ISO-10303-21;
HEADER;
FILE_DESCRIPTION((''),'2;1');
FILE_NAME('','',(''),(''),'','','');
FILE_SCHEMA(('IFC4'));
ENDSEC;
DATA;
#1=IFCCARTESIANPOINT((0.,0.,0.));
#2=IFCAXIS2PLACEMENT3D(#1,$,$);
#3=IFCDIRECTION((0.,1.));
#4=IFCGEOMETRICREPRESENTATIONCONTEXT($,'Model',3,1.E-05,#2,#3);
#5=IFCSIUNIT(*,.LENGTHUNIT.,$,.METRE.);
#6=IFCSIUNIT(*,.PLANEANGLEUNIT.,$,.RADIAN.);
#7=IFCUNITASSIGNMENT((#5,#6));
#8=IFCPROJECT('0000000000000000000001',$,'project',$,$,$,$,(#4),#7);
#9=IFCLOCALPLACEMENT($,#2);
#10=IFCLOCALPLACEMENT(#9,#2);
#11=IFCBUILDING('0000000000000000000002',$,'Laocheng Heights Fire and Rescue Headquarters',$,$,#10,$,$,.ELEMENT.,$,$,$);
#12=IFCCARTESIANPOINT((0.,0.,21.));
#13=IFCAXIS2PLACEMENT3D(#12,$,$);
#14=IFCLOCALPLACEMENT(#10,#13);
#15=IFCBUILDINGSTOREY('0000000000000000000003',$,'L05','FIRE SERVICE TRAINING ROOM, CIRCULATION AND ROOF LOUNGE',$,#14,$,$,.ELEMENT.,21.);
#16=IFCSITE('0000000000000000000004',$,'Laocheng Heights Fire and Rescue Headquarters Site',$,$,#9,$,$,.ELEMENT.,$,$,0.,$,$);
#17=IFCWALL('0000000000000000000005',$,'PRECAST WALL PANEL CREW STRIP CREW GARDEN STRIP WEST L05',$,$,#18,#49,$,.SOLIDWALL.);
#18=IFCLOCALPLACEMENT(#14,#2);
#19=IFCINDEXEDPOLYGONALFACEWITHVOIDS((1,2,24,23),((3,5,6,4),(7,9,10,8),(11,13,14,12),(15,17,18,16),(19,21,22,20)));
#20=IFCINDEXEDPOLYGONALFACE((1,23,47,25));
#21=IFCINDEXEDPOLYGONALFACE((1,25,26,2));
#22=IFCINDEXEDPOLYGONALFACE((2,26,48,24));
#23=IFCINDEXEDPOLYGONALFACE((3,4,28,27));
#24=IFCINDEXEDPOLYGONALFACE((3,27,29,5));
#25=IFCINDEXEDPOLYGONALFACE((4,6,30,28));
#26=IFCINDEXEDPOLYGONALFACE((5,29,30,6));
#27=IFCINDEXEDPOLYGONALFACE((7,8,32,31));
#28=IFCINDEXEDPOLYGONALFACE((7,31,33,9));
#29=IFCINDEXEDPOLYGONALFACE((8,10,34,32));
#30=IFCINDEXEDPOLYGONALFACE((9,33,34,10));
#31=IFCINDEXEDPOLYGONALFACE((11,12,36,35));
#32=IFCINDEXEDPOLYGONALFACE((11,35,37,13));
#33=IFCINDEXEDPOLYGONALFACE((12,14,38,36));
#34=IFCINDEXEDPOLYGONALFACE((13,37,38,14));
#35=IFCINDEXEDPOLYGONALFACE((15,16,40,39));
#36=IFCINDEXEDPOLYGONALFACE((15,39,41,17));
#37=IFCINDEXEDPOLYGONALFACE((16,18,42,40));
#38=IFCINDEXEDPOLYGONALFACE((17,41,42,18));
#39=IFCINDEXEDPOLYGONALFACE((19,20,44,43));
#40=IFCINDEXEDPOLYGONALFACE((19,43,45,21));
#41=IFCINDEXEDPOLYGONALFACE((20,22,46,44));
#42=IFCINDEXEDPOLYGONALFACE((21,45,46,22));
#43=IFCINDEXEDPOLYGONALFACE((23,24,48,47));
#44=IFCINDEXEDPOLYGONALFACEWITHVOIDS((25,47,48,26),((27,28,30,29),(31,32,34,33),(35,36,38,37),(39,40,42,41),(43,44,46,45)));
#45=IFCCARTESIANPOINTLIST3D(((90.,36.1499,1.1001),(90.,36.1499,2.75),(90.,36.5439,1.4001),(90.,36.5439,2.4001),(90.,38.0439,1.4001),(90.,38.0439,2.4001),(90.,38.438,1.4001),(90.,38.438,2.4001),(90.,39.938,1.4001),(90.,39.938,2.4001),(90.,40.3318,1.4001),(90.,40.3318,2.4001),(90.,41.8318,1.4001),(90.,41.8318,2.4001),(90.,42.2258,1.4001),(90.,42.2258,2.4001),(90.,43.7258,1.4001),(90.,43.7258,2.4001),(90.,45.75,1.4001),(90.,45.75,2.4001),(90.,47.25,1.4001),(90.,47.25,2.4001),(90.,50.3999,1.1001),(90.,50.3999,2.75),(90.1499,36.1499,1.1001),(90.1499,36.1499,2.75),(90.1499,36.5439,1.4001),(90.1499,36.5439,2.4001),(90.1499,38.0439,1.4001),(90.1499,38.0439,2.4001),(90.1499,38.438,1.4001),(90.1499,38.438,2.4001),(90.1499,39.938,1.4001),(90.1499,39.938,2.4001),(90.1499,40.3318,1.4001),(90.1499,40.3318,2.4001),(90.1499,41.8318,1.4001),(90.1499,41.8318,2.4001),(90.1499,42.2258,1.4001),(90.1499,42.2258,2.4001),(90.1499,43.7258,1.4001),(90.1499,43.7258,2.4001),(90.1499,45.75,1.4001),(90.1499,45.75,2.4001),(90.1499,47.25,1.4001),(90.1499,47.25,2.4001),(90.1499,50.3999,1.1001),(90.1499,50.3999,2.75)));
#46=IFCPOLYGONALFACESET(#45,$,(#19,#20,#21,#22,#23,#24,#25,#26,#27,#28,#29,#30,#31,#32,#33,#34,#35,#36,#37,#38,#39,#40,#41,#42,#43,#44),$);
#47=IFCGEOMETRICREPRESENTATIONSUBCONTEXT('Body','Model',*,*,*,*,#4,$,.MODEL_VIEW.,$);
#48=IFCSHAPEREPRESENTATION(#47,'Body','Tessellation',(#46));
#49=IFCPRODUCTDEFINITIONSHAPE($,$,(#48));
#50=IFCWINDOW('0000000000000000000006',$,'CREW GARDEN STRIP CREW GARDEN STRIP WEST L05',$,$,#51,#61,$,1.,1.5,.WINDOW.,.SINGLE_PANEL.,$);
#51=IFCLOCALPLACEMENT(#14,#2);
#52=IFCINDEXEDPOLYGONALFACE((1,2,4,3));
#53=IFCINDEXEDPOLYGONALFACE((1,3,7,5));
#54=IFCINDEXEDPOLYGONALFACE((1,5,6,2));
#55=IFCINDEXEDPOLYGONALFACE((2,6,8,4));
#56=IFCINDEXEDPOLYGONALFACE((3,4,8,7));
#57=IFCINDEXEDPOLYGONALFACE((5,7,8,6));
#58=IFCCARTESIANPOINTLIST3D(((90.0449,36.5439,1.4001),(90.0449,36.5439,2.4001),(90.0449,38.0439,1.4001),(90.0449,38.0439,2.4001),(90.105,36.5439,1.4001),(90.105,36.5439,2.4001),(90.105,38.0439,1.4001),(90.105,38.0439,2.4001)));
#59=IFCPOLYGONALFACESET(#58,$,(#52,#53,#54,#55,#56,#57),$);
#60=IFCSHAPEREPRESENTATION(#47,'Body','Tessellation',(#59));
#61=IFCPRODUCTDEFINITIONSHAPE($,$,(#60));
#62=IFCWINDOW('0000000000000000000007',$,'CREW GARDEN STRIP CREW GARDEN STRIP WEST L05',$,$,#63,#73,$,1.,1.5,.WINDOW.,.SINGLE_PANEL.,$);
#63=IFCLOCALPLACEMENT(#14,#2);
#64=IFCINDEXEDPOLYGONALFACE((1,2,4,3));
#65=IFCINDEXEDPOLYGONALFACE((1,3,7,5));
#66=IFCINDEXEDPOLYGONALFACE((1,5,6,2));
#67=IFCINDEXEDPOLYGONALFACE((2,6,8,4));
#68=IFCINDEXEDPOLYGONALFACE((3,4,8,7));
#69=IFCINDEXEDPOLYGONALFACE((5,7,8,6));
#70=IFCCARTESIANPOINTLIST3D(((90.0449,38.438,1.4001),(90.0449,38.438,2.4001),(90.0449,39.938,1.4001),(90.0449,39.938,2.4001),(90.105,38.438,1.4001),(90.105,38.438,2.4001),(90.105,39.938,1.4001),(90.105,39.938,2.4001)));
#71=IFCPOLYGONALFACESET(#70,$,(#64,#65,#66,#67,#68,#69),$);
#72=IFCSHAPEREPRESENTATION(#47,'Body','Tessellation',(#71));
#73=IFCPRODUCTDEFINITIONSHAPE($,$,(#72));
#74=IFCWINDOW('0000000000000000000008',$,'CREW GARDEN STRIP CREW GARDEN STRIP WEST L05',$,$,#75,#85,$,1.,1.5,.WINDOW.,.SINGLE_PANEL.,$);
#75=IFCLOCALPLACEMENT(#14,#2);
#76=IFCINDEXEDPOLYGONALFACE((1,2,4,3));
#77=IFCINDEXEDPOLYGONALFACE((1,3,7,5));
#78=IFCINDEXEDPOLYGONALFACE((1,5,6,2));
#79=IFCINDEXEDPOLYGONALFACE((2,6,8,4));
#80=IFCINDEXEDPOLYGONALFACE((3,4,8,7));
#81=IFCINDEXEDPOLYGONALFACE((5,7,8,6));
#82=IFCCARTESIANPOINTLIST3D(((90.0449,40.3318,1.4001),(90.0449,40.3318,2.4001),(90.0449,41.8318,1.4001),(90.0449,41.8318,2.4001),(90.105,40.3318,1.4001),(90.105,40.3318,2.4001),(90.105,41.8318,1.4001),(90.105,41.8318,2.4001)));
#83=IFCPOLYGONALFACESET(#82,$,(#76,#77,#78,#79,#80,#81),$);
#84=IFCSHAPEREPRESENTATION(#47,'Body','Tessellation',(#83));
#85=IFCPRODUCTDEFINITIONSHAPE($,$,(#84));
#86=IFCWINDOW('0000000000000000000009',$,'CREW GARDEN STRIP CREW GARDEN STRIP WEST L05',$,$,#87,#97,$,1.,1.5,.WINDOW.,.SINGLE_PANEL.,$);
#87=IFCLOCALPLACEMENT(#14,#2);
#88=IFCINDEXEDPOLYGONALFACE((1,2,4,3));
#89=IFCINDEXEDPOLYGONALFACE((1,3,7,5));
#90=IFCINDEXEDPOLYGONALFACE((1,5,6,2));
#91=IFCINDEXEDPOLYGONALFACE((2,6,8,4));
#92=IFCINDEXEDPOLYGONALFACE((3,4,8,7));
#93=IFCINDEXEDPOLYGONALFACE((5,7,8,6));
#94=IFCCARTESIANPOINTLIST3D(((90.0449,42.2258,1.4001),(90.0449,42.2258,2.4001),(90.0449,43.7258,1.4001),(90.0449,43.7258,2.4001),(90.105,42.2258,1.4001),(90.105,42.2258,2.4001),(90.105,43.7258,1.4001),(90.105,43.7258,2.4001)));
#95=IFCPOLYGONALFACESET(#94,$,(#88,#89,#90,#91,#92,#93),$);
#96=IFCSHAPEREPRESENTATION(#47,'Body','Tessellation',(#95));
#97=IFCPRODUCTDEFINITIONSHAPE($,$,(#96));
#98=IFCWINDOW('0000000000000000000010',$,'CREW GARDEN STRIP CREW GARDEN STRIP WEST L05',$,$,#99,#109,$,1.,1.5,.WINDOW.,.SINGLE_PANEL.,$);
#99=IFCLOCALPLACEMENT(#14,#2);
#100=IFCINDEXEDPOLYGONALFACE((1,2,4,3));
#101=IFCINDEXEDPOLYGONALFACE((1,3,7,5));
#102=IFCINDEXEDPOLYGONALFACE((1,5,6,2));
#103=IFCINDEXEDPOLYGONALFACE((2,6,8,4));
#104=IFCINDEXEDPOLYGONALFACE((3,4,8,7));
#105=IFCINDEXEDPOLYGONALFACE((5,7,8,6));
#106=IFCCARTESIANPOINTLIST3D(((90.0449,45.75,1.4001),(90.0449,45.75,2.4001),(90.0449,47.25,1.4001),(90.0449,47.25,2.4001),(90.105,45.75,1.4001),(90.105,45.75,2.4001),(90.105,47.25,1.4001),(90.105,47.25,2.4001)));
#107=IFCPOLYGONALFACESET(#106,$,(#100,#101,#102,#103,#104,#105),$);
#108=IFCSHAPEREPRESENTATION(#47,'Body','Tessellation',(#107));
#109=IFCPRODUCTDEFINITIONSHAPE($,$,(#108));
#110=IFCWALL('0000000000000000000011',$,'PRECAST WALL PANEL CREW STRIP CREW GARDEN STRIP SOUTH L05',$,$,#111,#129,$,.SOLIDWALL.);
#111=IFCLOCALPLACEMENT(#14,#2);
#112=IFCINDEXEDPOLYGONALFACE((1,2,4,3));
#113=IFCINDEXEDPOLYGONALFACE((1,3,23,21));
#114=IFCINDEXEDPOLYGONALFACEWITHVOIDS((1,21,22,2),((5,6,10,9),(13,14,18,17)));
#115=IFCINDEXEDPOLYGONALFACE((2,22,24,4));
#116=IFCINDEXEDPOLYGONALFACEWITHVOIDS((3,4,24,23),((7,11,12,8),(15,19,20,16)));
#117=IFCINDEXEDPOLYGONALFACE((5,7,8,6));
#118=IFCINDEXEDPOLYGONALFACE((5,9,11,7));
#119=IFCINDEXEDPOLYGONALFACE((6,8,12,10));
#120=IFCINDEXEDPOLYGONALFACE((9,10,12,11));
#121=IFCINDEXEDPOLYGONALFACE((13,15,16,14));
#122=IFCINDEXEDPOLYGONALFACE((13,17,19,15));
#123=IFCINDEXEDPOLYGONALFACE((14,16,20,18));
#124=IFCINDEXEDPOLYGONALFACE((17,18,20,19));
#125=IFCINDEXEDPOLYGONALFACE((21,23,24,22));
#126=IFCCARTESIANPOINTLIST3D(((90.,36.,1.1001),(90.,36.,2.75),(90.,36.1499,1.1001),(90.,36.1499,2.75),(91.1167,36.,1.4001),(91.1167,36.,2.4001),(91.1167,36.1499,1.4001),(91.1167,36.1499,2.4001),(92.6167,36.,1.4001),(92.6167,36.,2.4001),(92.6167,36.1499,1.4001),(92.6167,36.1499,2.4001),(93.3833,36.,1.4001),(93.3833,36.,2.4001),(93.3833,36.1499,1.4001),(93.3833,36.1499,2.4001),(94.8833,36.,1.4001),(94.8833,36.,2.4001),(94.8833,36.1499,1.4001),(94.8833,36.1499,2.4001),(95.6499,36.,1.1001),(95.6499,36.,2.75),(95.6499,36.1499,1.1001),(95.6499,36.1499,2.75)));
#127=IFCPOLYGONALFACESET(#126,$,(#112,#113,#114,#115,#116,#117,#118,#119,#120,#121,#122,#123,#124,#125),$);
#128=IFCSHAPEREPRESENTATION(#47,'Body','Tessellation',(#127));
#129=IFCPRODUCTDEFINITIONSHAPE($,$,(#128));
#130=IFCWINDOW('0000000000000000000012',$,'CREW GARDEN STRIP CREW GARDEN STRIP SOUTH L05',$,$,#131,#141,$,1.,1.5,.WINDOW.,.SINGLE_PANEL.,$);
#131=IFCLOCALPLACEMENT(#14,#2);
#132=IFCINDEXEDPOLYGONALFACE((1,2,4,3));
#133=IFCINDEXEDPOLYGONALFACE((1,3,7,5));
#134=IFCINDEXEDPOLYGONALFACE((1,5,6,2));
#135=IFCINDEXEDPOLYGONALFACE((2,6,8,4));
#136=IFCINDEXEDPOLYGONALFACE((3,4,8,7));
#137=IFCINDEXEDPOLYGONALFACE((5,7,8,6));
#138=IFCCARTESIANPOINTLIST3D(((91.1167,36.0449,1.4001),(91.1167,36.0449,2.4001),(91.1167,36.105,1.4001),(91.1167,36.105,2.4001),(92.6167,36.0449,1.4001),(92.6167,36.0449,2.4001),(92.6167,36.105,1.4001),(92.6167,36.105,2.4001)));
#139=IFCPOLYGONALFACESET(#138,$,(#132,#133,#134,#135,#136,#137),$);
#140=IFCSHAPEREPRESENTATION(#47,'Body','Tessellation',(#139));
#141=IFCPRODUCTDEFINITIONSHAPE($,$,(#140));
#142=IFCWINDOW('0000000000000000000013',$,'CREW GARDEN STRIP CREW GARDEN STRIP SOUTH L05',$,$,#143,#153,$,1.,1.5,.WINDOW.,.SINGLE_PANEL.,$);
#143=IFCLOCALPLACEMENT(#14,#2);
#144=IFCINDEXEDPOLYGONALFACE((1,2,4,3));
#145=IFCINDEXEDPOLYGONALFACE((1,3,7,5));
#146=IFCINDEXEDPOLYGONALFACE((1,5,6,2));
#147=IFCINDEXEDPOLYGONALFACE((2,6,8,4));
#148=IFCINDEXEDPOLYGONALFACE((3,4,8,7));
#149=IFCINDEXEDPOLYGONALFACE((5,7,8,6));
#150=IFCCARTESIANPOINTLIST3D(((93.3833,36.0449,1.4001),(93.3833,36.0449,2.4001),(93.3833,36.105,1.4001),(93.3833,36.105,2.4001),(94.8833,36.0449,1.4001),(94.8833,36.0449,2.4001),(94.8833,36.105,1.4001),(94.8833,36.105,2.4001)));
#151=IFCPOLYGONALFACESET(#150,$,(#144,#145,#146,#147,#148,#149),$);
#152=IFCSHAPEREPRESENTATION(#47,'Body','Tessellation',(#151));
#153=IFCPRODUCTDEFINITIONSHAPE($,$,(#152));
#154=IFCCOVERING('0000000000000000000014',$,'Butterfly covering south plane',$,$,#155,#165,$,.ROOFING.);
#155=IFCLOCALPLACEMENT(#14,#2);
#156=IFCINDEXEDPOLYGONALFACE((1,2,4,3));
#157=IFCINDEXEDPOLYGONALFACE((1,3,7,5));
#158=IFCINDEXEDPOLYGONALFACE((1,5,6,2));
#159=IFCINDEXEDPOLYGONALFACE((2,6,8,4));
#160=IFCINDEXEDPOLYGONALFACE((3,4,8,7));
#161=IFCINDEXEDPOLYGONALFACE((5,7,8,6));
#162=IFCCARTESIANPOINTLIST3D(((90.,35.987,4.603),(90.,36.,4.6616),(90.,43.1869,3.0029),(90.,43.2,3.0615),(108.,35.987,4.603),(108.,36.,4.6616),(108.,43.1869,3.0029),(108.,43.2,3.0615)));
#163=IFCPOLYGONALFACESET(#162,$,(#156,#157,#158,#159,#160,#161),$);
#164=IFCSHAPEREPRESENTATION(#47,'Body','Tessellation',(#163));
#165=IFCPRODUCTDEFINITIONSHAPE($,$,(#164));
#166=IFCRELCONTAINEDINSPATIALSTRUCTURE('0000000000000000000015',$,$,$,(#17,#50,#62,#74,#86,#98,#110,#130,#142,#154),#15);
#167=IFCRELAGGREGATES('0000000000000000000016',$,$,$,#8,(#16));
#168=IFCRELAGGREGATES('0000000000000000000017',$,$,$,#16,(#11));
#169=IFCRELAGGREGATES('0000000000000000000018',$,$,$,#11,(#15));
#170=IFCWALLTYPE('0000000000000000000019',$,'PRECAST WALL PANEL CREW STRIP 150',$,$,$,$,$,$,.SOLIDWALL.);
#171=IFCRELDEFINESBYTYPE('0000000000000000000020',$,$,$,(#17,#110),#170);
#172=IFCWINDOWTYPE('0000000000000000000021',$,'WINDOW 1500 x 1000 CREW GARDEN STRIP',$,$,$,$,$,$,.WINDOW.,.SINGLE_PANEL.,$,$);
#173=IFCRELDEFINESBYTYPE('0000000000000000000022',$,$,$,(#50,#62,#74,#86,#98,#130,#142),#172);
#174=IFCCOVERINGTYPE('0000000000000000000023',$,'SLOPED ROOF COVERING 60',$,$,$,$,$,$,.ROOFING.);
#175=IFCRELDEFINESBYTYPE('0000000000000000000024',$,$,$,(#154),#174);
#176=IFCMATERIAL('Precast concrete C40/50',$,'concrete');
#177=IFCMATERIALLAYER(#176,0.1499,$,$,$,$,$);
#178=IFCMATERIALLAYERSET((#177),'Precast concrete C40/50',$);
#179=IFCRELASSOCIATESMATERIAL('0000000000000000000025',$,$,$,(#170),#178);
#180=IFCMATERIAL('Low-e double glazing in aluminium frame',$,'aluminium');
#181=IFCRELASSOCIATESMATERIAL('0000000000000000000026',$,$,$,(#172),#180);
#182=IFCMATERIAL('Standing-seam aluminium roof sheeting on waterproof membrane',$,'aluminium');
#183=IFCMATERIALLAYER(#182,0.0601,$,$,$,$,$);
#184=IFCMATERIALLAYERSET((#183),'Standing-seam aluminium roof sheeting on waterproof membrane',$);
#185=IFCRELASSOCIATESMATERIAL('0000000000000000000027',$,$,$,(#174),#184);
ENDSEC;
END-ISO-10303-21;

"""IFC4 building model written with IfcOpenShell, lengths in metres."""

from ifc_helpers import new_model, si_unit, direction, frame, frame_2d, origin, place, context, subcontext, project, spatial, polyline, rectangle, outline, extrude, material, layer, layer_set, type_object, element, fill, save


model = new_model("IFC4")

# Units and contexts
model_context = context("Model", 3, precision=1e-05, world=origin(), true_north=direction((0.0, 1.0)))
body_context = subcontext(model_context, "Body", "Model", "MODEL_VIEW")
ifc_project = project(units=[si_unit("LENGTHUNIT", "METRE"), si_unit("PLANEANGLEUNIT", "RADIAN")], contexts=[model_context])

# Site, building, storey
site_placement = place(None, origin())
site = spatial("IfcSite", under=ifc_project, at=site_placement, Name="Laocheng Heights Fire and Rescue Headquarters Site", CompositionType="ELEMENT", RefElevation=0.0)
building_placement = place(site_placement, origin())
building = spatial("IfcBuilding", under=site, at=building_placement, Name="Laocheng Heights Fire and Rescue Headquarters", CompositionType="ELEMENT")
storey_placement = place(building_placement, frame((0.0, 0.0, 21.0)))
storey = spatial("IfcBuildingStorey", under=building, at=storey_placement, Name="L05", Description="FIRE SERVICE TRAINING ROOM, CIRCULATION AND ROOF LOUNGE", CompositionType="ELEMENT", Elevation=21.0)

# Walls, openings, windows
ifc_material_1 = material(Name="Precast concrete C40/50", Category="concrete")
ifc_layer_1 = layer(ifc_material_1, 0.1499)
ifc_layer_set_1 = layer_set([ifc_layer_1], Name="Precast concrete C40/50")
wall_type_1 = type_object("IfcWallType", Name="PRECAST WALL PANEL CREW STRIP 150", PredefinedType="SOLIDWALL", material=ifc_layer_set_1)
wall_1_placement = place(storey_placement, frame((90.075, 36.1499, 1.1001), z_axis=(0.0, 0.0, 1.0), x_axis=(0.0, 1.0, 0.0)))
wall_1 = element("IfcWall", 1, at=wall_1_placement, inside=storey, type_object=wall_type_1, Name="PRECAST WALL PANEL CREW STRIP CREW GARDEN STRIP WEST L05", PredefinedType="SOLIDWALL", context=body_context, shape_type="SweptSolid", body=[
    extrude(rectangle(XDim=14.25, YDim=0.1499, at=frame_2d((7.125, 0.0))), origin(), (0.0, 0.0, 1.0), 1.6499),
])
opening_1_placement = place(wall_1_placement, frame((0.394, 0.0, 0.3)))
opening_1 = element("IfcOpeningElement", 2, at=opening_1_placement, cuts=wall_1, PredefinedType="OPENING", context=body_context, shape_type="SweptSolid", body=[
    extrude(rectangle(XDim=1.5, YDim=1.0, at=frame_2d((0.75, 0.5))), frame((0.0, 0.085, 0.0), z_axis=(0.0, -1.0, 0.0), x_axis=(1.0, 0.0, 0.0)), (0.0, 0.0, 1.0), 0.1699),
])
opening_2_placement = place(wall_1_placement, frame((2.2881, 0.0, 0.3)))
opening_2 = element("IfcOpeningElement", 3, at=opening_2_placement, cuts=wall_1, PredefinedType="OPENING", context=body_context, shape_type="SweptSolid", body=[
    extrude(rectangle(XDim=1.5, YDim=1.0, at=frame_2d((0.75, 0.5))), frame((0.0, 0.085, 0.0), z_axis=(0.0, -1.0, 0.0), x_axis=(1.0, 0.0, 0.0)), (0.0, 0.0, 1.0), 0.1699),
])
opening_3_placement = place(wall_1_placement, frame((4.1819, 0.0, 0.3)))
opening_3 = element("IfcOpeningElement", 4, at=opening_3_placement, cuts=wall_1, PredefinedType="OPENING", context=body_context, shape_type="SweptSolid", body=[
    extrude(rectangle(XDim=1.5, YDim=1.0, at=frame_2d((0.75, 0.5))), frame((0.0, 0.085, 0.0), z_axis=(0.0, -1.0, 0.0), x_axis=(1.0, 0.0, 0.0)), (0.0, 0.0, 1.0), 0.1699),
])
opening_4_placement = place(wall_1_placement, frame((6.0759, 0.0, 0.3)))
opening_4 = element("IfcOpeningElement", 5, at=opening_4_placement, cuts=wall_1, PredefinedType="OPENING", context=body_context, shape_type="SweptSolid", body=[
    extrude(rectangle(XDim=1.5, YDim=1.0, at=frame_2d((0.75, 0.5))), frame((0.0, 0.085, 0.0), z_axis=(0.0, -1.0, 0.0), x_axis=(1.0, 0.0, 0.0)), (0.0, 0.0, 1.0), 0.1699),
])
opening_5_placement = place(wall_1_placement, frame((9.6001, 0.0, 0.3)))
opening_5 = element("IfcOpeningElement", 6, at=opening_5_placement, cuts=wall_1, PredefinedType="OPENING", context=body_context, shape_type="SweptSolid", body=[
    extrude(rectangle(XDim=1.5, YDim=1.0, at=frame_2d((0.75, 0.5))), frame((0.0, 0.085, 0.0), z_axis=(0.0, -1.0, 0.0), x_axis=(1.0, 0.0, 0.0)), (0.0, 0.0, 1.0), 0.1699),
])
ifc_material_2 = material(Name="Low-e double glazing in aluminium frame", Category="aluminium")
window_type = type_object("IfcWindowType", Name="WINDOW 1500 x 1000 CREW GARDEN STRIP", PartitioningType="SINGLE_PANEL", PredefinedType="WINDOW", material=ifc_material_2)
window_1_placement = place(opening_1_placement, origin())
window_1 = element("IfcWindow", 7, at=window_1_placement, inside=storey, type_object=window_type, Name="CREW GARDEN STRIP CREW GARDEN STRIP WEST L05", OverallHeight=1.0, OverallWidth=1.5, PartitioningType="SINGLE_PANEL", PredefinedType="WINDOW", context=body_context, shape_type="SweptSolid", body=[
    extrude(rectangle(XDim=1.5, YDim=1.0, at=frame_2d((0.75, 0.5))), frame((0.0, 0.03, 0.0), z_axis=(0.0, -1.0, 0.0), x_axis=(1.0, 0.0, 0.0)), (0.0, 0.0, 1.0), 0.0601),
])
fill(opening_1, window_1)
window_2_placement = place(opening_2_placement, origin())
window_2 = element("IfcWindow", 8, at=window_2_placement, inside=storey, type_object=window_type, Name="CREW GARDEN STRIP CREW GARDEN STRIP WEST L05", OverallHeight=1.0, OverallWidth=1.5, PartitioningType="SINGLE_PANEL", PredefinedType="WINDOW", context=body_context, shape_type="SweptSolid", body=[
    extrude(rectangle(XDim=1.5, YDim=1.0, at=frame_2d((0.75, 0.5))), frame((0.0, 0.03, 0.0), z_axis=(0.0, -1.0, 0.0), x_axis=(1.0, 0.0, 0.0)), (0.0, 0.0, 1.0), 0.0601),
])
fill(opening_2, window_2)
window_3_placement = place(opening_3_placement, origin())
window_3 = element("IfcWindow", 9, at=window_3_placement, inside=storey, type_object=window_type, Name="CREW GARDEN STRIP CREW GARDEN STRIP WEST L05", OverallHeight=1.0, OverallWidth=1.5, PartitioningType="SINGLE_PANEL", PredefinedType="WINDOW", context=body_context, shape_type="SweptSolid", body=[
    extrude(rectangle(XDim=1.5, YDim=1.0, at=frame_2d((0.75, 0.5))), frame((0.0, 0.03, 0.0), z_axis=(0.0, -1.0, 0.0), x_axis=(1.0, 0.0, 0.0)), (0.0, 0.0, 1.0), 0.0601),
])
fill(opening_3, window_3)
window_4_placement = place(opening_4_placement, origin())
window_4 = element("IfcWindow", 10, at=window_4_placement, inside=storey, type_object=window_type, Name="CREW GARDEN STRIP CREW GARDEN STRIP WEST L05", OverallHeight=1.0, OverallWidth=1.5, PartitioningType="SINGLE_PANEL", PredefinedType="WINDOW", context=body_context, shape_type="SweptSolid", body=[
    extrude(rectangle(XDim=1.5, YDim=1.0, at=frame_2d((0.75, 0.5))), frame((0.0, 0.03, 0.0), z_axis=(0.0, -1.0, 0.0), x_axis=(1.0, 0.0, 0.0)), (0.0, 0.0, 1.0), 0.0601),
])
fill(opening_4, window_4)
window_5_placement = place(opening_5_placement, origin())
window_5 = element("IfcWindow", 11, at=window_5_placement, inside=storey, type_object=window_type, Name="CREW GARDEN STRIP CREW GARDEN STRIP WEST L05", OverallHeight=1.0, OverallWidth=1.5, PartitioningType="SINGLE_PANEL", PredefinedType="WINDOW", context=body_context, shape_type="SweptSolid", body=[
    extrude(rectangle(XDim=1.5, YDim=1.0, at=frame_2d((0.75, 0.5))), frame((0.0, 0.03, 0.0), z_axis=(0.0, -1.0, 0.0), x_axis=(1.0, 0.0, 0.0)), (0.0, 0.0, 1.0), 0.0601),
])
fill(opening_5, window_5)
wall_2_placement = place(storey_placement, frame((90.0, 36.075, 1.1001), z_axis=(0.0, 0.0, 1.0), x_axis=(1.0, 0.0, 0.0)))
wall_2 = element("IfcWall", 12, at=wall_2_placement, inside=storey, type_object=wall_type_1, Name="PRECAST WALL PANEL CREW STRIP CREW GARDEN STRIP SOUTH L05", PredefinedType="SOLIDWALL", context=body_context, shape_type="SweptSolid", body=[
    extrude(rectangle(XDim=5.6499, YDim=0.1499, at=frame_2d((2.825, 0.0))), origin(), (0.0, 0.0, 1.0), 1.6499),
])
opening_6_placement = place(wall_2_placement, frame((1.1167, 0.0, 0.3)))
opening_6 = element("IfcOpeningElement", 13, at=opening_6_placement, cuts=wall_2, PredefinedType="OPENING", context=body_context, shape_type="SweptSolid", body=[
    extrude(rectangle(XDim=1.5, YDim=1.0, at=frame_2d((0.75, 0.5))), frame((0.0, 0.085, 0.0), z_axis=(0.0, -1.0, 0.0), x_axis=(1.0, 0.0, 0.0)), (0.0, 0.0, 1.0), 0.1699),
])
opening_7_placement = place(wall_2_placement, frame((3.3833, 0.0, 0.3)))
opening_7 = element("IfcOpeningElement", 14, at=opening_7_placement, cuts=wall_2, PredefinedType="OPENING", context=body_context, shape_type="SweptSolid", body=[
    extrude(rectangle(XDim=1.5, YDim=1.0, at=frame_2d((0.75, 0.5))), frame((0.0, 0.085, 0.0), z_axis=(0.0, -1.0, 0.0), x_axis=(1.0, 0.0, 0.0)), (0.0, 0.0, 1.0), 0.1699),
])
window_6_placement = place(opening_6_placement, origin())
window_6 = element("IfcWindow", 15, at=window_6_placement, inside=storey, type_object=window_type, Name="CREW GARDEN STRIP CREW GARDEN STRIP SOUTH L05", OverallHeight=1.0, OverallWidth=1.5, PartitioningType="SINGLE_PANEL", PredefinedType="WINDOW", context=body_context, shape_type="SweptSolid", body=[
    extrude(rectangle(XDim=1.5, YDim=1.0, at=frame_2d((0.75, 0.5))), frame((0.0, 0.03, 0.0), z_axis=(0.0, -1.0, 0.0), x_axis=(1.0, 0.0, 0.0)), (0.0, 0.0, 1.0), 0.0601),
])
fill(opening_6, window_6)
window_7_placement = place(opening_7_placement, origin())
window_7 = element("IfcWindow", 16, at=window_7_placement, inside=storey, type_object=window_type, Name="CREW GARDEN STRIP CREW GARDEN STRIP SOUTH L05", OverallHeight=1.0, OverallWidth=1.5, PartitioningType="SINGLE_PANEL", PredefinedType="WINDOW", context=body_context, shape_type="SweptSolid", body=[
    extrude(rectangle(XDim=1.5, YDim=1.0, at=frame_2d((0.75, 0.5))), frame((0.0, 0.03, 0.0), z_axis=(0.0, -1.0, 0.0), x_axis=(1.0, 0.0, 0.0)), (0.0, 0.0, 1.0), 0.0601),
])
fill(opening_7, window_7)

# Covering
ifc_material_3 = material(Name="Standing-seam aluminium roof sheeting on waterproof membrane", Category="aluminium")
ifc_layer_2 = layer(ifc_material_3, 0.0601)
ifc_layer_set_2 = layer_set([ifc_layer_2], Name="Standing-seam aluminium roof sheeting on waterproof membrane")
covering_type = type_object("IfcCoveringType", Name="SLOPED ROOF COVERING 60", PredefinedType="ROOFING", material=ifc_layer_set_2)
for number, where, z_axis, x_axis, name in (
    (17, (90.0, 36.0, 4.6616), (0.0, 0.216944, 0.976184), (1.0, 0.0, 0.0), "Butterfly covering south plane"),
):
    element("IfcCovering", number, at=place(storey_placement, frame(where, z_axis=z_axis, x_axis=x_axis)), inside=storey, type_object=covering_type, Name=name, PredefinedType="ROOFING", context=body_context, shape_type="SweptSolid", body=[
        extrude(outline(polyline([(0.0, 0.0), (18.0, 0.0), (18.0, 7.3756), (0.0, 7.3756), (0.0, 0.0)])), origin(), (0.0, 0.0, -1.0), 0.0601),
    ])

save(model, "model.ifc")
